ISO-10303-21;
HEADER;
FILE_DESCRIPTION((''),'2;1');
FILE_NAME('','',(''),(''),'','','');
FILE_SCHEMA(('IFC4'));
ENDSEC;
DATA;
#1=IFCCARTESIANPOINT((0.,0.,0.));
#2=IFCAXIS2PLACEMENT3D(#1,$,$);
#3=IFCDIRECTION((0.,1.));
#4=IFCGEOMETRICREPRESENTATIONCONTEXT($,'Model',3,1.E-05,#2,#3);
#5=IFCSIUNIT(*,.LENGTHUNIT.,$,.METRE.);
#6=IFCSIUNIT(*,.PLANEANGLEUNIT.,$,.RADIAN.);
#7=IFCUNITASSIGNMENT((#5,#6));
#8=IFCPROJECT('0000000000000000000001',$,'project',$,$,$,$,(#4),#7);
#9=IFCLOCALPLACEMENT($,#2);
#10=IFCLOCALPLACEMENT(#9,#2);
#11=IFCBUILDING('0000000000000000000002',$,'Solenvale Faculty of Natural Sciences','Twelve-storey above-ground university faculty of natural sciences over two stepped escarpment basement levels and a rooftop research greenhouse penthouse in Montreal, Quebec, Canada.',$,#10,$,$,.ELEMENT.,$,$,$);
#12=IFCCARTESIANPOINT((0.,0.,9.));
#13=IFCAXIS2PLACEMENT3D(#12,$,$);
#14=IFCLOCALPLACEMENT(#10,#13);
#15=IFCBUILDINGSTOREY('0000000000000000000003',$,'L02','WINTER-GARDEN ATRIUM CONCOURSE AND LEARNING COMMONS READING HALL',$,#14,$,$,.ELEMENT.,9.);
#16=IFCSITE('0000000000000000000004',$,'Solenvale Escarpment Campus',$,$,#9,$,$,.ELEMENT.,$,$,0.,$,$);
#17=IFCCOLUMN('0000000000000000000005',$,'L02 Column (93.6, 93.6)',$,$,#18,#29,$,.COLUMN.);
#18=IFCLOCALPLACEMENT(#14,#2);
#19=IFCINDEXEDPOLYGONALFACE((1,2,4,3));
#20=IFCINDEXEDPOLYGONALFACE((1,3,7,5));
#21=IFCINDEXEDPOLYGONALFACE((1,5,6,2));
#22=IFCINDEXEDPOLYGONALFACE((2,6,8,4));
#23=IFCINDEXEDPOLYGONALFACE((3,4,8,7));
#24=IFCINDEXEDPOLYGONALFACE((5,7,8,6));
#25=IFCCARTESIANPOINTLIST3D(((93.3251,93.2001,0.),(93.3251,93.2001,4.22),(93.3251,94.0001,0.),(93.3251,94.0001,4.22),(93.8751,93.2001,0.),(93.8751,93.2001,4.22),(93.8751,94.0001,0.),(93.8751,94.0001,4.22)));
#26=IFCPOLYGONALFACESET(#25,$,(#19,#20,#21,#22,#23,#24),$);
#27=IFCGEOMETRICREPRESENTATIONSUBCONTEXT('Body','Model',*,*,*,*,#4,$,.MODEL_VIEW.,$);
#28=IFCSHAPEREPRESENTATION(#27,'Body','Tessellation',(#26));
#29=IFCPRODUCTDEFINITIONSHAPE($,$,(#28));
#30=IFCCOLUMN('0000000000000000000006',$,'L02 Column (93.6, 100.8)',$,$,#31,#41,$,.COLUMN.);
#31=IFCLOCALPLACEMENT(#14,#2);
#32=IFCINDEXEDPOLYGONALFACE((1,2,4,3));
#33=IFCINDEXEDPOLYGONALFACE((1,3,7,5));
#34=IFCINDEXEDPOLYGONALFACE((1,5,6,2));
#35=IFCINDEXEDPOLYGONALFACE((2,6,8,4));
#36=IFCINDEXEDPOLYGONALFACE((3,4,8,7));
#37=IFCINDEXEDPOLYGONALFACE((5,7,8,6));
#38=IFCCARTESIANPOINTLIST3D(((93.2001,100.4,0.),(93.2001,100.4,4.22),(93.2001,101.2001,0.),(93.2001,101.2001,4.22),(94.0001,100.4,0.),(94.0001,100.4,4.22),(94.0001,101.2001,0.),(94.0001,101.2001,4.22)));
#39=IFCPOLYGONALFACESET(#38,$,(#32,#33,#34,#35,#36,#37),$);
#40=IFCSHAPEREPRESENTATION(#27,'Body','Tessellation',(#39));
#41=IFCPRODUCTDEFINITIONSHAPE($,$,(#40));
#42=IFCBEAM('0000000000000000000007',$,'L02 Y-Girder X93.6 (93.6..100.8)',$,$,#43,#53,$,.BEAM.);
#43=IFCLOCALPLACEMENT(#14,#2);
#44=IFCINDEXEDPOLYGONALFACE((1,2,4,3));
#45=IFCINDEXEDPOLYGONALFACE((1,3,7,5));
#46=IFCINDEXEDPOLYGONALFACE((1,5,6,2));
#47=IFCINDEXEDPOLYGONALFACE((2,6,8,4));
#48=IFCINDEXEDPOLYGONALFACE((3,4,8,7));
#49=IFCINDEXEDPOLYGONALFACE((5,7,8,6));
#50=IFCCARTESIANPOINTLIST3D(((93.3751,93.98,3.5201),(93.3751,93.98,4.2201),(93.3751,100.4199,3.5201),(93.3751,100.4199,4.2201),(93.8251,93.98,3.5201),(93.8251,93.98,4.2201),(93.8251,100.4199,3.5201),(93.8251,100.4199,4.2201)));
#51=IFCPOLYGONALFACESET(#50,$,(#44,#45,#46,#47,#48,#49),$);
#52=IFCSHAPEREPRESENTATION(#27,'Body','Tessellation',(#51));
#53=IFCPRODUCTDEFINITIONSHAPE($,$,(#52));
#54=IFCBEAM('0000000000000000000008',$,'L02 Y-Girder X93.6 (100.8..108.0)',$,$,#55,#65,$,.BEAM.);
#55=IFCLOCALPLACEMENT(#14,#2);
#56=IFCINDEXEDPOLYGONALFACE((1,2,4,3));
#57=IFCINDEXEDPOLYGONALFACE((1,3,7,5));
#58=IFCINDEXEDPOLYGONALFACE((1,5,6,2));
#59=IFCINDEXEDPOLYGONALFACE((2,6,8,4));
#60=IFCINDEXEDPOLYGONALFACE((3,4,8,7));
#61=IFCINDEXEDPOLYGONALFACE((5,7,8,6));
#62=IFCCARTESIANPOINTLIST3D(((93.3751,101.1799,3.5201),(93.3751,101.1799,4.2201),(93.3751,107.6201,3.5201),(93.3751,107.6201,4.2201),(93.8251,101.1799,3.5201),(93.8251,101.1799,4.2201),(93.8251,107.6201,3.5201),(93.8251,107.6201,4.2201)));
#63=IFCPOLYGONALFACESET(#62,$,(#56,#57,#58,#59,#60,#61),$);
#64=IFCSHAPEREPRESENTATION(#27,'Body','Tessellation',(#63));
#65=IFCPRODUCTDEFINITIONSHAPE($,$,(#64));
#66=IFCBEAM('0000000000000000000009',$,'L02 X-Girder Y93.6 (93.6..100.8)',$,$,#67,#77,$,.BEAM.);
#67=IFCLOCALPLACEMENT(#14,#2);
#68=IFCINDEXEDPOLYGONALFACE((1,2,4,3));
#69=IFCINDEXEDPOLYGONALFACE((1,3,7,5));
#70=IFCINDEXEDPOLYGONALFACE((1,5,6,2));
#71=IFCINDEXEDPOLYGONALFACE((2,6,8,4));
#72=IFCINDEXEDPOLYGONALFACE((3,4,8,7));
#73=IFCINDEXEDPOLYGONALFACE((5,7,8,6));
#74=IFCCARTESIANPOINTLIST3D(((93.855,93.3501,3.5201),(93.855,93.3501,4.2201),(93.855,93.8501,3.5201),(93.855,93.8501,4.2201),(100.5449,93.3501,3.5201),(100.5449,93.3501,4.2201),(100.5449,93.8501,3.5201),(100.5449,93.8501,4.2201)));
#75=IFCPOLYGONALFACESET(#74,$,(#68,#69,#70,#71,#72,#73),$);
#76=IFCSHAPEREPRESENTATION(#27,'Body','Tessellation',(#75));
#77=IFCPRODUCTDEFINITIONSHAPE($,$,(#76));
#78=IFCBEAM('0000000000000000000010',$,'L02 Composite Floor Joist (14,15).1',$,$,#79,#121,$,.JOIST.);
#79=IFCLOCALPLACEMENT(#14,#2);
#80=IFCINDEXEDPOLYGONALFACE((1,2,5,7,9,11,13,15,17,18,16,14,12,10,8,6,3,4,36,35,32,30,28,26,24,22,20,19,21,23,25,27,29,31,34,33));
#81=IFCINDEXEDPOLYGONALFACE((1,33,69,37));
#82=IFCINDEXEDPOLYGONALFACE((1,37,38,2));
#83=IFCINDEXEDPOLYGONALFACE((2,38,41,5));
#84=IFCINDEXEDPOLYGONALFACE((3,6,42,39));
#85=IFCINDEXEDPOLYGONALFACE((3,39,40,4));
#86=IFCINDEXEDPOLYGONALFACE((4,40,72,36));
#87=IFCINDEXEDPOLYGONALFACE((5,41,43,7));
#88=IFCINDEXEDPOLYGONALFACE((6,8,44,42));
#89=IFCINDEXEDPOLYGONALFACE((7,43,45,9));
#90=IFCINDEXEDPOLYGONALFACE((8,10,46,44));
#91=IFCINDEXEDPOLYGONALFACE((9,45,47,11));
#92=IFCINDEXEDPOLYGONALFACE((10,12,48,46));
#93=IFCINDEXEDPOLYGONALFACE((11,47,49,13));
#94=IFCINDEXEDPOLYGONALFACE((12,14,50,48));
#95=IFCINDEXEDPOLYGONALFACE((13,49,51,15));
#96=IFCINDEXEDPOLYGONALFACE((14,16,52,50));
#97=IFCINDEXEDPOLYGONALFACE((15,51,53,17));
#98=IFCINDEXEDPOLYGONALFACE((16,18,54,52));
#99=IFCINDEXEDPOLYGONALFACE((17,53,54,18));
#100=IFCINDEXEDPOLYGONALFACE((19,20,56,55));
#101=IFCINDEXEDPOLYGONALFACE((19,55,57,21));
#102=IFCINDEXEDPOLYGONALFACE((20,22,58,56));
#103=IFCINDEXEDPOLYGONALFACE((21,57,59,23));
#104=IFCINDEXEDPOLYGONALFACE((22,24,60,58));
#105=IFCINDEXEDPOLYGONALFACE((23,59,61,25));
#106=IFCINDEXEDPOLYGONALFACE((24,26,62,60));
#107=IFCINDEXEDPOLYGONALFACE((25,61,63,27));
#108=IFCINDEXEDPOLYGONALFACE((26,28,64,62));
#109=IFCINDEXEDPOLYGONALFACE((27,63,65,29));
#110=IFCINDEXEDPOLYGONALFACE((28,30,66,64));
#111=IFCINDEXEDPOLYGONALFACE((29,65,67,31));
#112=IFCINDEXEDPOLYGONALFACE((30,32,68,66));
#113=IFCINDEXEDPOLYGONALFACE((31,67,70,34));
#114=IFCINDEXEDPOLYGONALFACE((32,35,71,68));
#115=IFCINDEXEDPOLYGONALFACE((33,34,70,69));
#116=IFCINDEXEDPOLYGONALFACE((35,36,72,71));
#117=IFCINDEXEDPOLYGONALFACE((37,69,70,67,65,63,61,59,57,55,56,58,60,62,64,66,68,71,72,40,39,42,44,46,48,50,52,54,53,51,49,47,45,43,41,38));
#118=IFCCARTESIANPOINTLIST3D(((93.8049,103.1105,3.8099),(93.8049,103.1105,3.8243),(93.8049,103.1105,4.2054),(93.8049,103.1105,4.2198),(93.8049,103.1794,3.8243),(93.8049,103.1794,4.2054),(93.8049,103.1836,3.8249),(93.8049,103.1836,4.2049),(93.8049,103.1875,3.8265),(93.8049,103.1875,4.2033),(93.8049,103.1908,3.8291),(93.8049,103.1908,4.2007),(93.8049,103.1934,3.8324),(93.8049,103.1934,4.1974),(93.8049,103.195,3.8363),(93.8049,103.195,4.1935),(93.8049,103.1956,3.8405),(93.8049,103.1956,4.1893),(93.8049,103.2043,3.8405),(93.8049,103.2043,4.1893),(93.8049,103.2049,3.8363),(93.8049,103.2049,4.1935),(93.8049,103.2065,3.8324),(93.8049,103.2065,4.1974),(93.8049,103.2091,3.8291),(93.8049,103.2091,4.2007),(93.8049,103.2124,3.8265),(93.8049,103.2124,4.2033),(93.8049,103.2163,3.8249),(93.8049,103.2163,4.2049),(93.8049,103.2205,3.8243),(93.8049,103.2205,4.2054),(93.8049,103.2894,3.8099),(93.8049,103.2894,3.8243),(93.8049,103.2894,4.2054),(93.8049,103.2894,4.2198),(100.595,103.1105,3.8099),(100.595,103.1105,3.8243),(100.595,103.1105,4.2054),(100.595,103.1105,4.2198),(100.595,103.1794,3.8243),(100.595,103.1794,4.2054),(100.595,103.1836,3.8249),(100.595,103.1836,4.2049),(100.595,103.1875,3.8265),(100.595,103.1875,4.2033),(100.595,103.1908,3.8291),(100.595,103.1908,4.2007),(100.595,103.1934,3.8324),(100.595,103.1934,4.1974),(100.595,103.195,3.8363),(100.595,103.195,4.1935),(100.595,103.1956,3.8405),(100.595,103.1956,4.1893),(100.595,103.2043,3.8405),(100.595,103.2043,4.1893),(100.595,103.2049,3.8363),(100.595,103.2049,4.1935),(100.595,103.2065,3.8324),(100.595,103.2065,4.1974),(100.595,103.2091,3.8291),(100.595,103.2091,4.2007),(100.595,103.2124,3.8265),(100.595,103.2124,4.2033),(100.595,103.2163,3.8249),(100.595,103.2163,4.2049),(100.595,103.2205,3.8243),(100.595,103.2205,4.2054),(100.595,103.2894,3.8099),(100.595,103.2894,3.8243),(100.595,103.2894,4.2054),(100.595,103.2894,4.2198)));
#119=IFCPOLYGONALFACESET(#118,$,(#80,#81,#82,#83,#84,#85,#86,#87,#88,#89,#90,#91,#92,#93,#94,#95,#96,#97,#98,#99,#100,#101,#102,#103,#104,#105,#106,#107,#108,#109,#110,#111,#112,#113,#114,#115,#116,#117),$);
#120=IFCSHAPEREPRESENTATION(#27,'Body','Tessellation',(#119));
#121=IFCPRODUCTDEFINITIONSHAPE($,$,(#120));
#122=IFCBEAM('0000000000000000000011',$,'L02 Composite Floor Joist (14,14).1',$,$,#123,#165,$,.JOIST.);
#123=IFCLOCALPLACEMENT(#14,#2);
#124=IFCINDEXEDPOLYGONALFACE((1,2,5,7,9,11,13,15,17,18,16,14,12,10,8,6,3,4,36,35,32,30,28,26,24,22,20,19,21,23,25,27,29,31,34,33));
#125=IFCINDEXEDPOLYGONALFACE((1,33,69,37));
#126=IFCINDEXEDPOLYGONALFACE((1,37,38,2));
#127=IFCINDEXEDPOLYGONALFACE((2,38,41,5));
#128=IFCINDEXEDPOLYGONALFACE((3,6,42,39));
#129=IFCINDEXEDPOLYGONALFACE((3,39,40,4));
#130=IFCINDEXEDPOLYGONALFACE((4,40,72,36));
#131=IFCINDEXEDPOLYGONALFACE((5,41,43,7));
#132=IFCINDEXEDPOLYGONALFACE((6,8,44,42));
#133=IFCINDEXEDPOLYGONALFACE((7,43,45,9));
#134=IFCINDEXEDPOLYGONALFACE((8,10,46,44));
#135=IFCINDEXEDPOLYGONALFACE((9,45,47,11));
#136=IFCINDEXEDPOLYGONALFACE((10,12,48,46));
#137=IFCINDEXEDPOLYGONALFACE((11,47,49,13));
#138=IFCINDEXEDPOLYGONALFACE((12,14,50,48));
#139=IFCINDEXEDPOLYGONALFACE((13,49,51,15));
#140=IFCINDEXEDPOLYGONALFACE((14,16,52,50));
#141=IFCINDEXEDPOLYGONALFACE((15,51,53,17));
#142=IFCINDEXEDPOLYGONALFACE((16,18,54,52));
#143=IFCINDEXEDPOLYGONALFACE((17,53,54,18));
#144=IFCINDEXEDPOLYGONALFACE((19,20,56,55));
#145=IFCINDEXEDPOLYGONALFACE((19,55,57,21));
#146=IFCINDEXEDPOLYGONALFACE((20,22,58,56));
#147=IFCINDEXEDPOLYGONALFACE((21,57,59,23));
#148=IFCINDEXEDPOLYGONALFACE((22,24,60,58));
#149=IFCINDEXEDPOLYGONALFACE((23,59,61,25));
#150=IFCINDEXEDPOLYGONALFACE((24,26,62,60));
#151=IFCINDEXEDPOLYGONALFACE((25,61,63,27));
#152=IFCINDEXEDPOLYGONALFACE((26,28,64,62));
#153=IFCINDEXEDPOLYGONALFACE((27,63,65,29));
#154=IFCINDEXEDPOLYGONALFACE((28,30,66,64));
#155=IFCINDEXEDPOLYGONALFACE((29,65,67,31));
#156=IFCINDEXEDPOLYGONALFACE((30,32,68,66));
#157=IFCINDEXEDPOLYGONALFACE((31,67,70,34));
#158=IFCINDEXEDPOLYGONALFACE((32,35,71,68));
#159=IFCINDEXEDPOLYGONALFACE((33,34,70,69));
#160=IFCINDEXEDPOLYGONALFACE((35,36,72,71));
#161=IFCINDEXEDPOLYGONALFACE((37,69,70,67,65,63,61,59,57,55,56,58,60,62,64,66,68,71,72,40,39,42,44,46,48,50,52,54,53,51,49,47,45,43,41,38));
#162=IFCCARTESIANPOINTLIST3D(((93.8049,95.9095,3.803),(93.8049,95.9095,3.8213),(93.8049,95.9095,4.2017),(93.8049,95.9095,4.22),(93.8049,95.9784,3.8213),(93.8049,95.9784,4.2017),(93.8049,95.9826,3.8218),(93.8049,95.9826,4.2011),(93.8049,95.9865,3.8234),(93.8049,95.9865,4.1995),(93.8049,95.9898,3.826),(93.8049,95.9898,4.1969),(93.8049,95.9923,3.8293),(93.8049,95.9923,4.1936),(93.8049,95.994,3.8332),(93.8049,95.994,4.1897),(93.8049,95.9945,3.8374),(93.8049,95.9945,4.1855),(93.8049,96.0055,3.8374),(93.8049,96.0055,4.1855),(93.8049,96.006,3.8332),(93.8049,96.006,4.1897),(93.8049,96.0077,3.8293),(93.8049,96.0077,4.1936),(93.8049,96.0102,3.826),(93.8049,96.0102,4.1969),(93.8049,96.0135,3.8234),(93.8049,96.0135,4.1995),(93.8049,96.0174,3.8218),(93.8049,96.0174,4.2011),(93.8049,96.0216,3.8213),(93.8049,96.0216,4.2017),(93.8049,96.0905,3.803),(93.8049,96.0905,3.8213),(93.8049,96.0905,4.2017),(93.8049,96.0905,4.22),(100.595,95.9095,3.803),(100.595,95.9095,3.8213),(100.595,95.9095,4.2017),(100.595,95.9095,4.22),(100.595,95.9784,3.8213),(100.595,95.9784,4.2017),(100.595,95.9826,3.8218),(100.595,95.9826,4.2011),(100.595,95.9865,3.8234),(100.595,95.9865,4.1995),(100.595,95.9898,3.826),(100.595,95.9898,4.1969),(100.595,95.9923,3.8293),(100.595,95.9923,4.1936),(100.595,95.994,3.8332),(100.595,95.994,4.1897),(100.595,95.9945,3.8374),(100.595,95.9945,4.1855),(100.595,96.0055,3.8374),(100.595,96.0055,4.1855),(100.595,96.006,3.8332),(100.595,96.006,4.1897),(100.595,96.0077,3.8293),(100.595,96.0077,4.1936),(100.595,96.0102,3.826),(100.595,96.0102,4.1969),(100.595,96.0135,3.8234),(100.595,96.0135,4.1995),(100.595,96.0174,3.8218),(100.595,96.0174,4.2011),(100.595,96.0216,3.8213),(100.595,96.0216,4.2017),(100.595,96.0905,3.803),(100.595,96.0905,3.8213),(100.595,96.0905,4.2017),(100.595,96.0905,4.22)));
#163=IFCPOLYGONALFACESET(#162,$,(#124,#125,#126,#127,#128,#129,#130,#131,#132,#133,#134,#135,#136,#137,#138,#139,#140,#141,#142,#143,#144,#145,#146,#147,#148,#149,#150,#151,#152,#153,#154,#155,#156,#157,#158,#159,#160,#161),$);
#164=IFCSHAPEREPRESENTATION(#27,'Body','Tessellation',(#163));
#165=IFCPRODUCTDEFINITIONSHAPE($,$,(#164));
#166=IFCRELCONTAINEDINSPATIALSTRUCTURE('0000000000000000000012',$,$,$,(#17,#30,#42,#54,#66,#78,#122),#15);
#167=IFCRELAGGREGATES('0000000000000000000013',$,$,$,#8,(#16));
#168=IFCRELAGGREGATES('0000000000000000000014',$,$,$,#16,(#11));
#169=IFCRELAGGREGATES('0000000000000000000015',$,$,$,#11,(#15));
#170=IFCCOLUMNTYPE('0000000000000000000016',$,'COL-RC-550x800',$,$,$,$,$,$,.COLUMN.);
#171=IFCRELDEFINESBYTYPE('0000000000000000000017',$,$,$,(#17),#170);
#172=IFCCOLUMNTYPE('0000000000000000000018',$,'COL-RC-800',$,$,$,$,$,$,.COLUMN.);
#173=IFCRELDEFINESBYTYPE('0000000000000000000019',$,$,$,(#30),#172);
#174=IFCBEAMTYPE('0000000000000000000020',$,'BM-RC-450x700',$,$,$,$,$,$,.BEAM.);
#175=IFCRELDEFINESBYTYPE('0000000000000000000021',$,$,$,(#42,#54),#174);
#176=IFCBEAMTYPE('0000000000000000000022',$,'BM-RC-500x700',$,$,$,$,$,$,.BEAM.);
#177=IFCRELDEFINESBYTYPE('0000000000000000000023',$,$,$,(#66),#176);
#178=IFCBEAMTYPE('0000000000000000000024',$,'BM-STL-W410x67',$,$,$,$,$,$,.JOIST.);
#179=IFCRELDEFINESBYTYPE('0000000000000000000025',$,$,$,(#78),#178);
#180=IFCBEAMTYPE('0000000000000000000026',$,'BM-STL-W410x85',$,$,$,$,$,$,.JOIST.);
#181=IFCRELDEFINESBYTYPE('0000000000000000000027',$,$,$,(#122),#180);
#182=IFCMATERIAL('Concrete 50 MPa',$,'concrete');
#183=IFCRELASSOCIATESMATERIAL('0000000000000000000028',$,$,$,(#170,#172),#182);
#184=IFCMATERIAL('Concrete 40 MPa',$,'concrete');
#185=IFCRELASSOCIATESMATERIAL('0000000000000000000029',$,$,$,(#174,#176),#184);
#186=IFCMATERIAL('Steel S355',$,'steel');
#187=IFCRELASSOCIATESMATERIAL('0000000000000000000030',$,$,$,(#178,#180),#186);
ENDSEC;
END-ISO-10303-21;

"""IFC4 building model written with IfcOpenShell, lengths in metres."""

from ifc_helpers import new_model, si_unit, direction, frame, origin, origin_2d, place, context, subcontext, project, spatial, rectangle, i_section, extrude, material, material_profile, profile_set, type_object, element, save


model = new_model("IFC4")

# Units and contexts
model_context = context("Model", 3, precision=1e-05, world=origin(), true_north=direction((0.0, 1.0)))
body_context = subcontext(model_context, "Body", "Model", "MODEL_VIEW")
ifc_project = project(units=[si_unit("LENGTHUNIT", "METRE"), si_unit("PLANEANGLEUNIT", "RADIAN")], contexts=[model_context])

# Site, building, storey
site_placement = place(None, origin())
site = spatial("IfcSite", under=ifc_project, at=site_placement, Name="Solenvale Escarpment Campus", CompositionType="ELEMENT", RefElevation=0.0)
building_placement = place(site_placement, origin())
building = spatial("IfcBuilding", under=site, at=building_placement, Name="Solenvale Faculty of Natural Sciences", Description="Twelve-storey above-ground university faculty of natural sciences over two stepped escarpment basement levels and a rooftop research greenhouse penthouse in Montreal, Quebec, Canada.", CompositionType="ELEMENT")
storey_placement = place(building_placement, frame((0.0, 0.0, 9.0)))
storey = spatial("IfcBuildingStorey", under=building, at=storey_placement, Name="L02", Description="WINTER-GARDEN ATRIUM CONCOURSE AND LEARNING COMMONS READING HALL", CompositionType="ELEMENT", Elevation=9.0)

# Columns
ifc_material_1 = material(Name="Concrete 50 MPa", Category="concrete")
ifc_material_profile_1 = material_profile(ifc_material_1, rectangle(XDim=0.55, YDim=0.8, at=origin_2d()), Name="RC-COL-550x800")
ifc_profile_set_1 = profile_set([ifc_material_profile_1], Name="Concrete 50 MPa")
column_type_1 = type_object("IfcColumnType", Name="COL-RC-550x800", PredefinedType="COLUMN", material=ifc_profile_set_1)
column_1_placement = place(storey_placement, frame((93.6001, 93.6001, 0.0), z_axis=(0.0, 0.0, 1.0), x_axis=(1.0, 0.0, 0.0)))
element("IfcColumn", 1, at=column_1_placement, inside=storey, type_object=column_type_1, Name="L02 Column (93.6, 93.6)", PredefinedType="COLUMN", context=body_context, shape_type="SweptSolid", body=[
    extrude(rectangle(XDim=0.55, YDim=0.8, at=origin_2d()), origin(), (0.0, 0.0, 1.0), 4.22),
])
ifc_material_profile_2 = material_profile(ifc_material_1, rectangle(XDim=0.8, YDim=0.8, at=origin_2d()), Name="RC-COL-800x800")
ifc_profile_set_2 = profile_set([ifc_material_profile_2], Name="Concrete 50 MPa")
column_type_2 = type_object("IfcColumnType", Name="COL-RC-800", PredefinedType="COLUMN", material=ifc_profile_set_2)
column_2_placement = place(storey_placement, frame((93.6001, 100.8, 0.0), z_axis=(0.0, 0.0, 1.0), x_axis=(1.0, 0.0, 0.0)))
element("IfcColumn", 2, at=column_2_placement, inside=storey, type_object=column_type_2, Name="L02 Column (93.6, 100.8)", PredefinedType="COLUMN", context=body_context, shape_type="SweptSolid", body=[
    extrude(rectangle(XDim=0.8, YDim=0.8, at=origin_2d()), origin(), (0.0, 0.0, 1.0), 4.22),
])

# Beams
ifc_material_2 = material(Name="Concrete 40 MPa", Category="concrete")
ifc_material_profile_3 = material_profile(ifc_material_2, rectangle(XDim=0.45, YDim=0.7, at=origin_2d()), Name="RC-BM-450x700")
ifc_profile_set_3 = profile_set([ifc_material_profile_3], Name="Concrete 40 MPa")
beam_type_1 = type_object("IfcBeamType", Name="BM-RC-450x700", PredefinedType="BEAM", material=ifc_profile_set_3)
beam_1_placement = place(storey_placement, frame((93.6001, 93.98, 3.8701), z_axis=(0.0, 1.0, 0.0), x_axis=(-1.0, 0.0, 0.0)))
element("IfcBeam", 3, at=beam_1_placement, inside=storey, type_object=beam_type_1, Name="L02 Y-Girder X93.6 (93.6..100.8)", PredefinedType="BEAM", context=body_context, shape_type="SweptSolid", body=[
    extrude(rectangle(XDim=0.45, YDim=0.7, at=origin_2d()), origin(), (0.0, 0.0, 1.0), 6.4399),
])
beam_2_placement = place(storey_placement, frame((93.6001, 101.1799, 3.8701), z_axis=(0.0, 1.0, 0.0), x_axis=(-1.0, 0.0, 0.0)))
element("IfcBeam", 4, at=beam_2_placement, inside=storey, type_object=beam_type_1, Name="L02 Y-Girder X93.6 (100.8..108.0)", PredefinedType="BEAM", context=body_context, shape_type="SweptSolid", body=[
    extrude(rectangle(XDim=0.45, YDim=0.7, at=origin_2d()), origin(), (0.0, 0.0, 1.0), 6.4402),
])
ifc_material_profile_4 = material_profile(ifc_material_2, rectangle(XDim=0.5, YDim=0.7, at=origin_2d()), Name="RC-BM-500x700")
ifc_profile_set_4 = profile_set([ifc_material_profile_4], Name="Concrete 40 MPa")
beam_type_2 = type_object("IfcBeamType", Name="BM-RC-500x700", PredefinedType="BEAM", material=ifc_profile_set_4)
beam_3_placement = place(storey_placement, frame((93.855, 93.6001, 3.8701), z_axis=(1.0, 0.0, 0.0), x_axis=(0.0, 1.0, 0.0)))
element("IfcBeam", 5, at=beam_3_placement, inside=storey, type_object=beam_type_2, Name="L02 X-Girder Y93.6 (93.6..100.8)", PredefinedType="BEAM", context=body_context, shape_type="SweptSolid", body=[
    extrude(rectangle(XDim=0.5, YDim=0.7, at=origin_2d()), origin(), (0.0, 0.0, 1.0), 6.6899),
])
ifc_material_3 = material(Name="Steel S355", Category="steel")
ifc_material_profile_5 = material_profile(ifc_material_3, i_section(OverallWidth=0.179, OverallDepth=0.4099, WebThickness=0.0088, FlangeThickness=0.0144, FilletRadius=0.0161, at=origin_2d()), Name="W410x67")
ifc_profile_set_5 = profile_set([ifc_material_profile_5], Name="Steel S355")
beam_type_3 = type_object("IfcBeamType", Name="BM-STL-W410x67", PredefinedType="JOIST", material=ifc_profile_set_5)
beam_4_placement = place(storey_placement, frame((93.8049, 103.2, 4.0149), z_axis=(1.0, 0.0, 0.0), x_axis=(0.0, 1.0, 0.0)))
element("IfcBeam", 6, at=beam_4_placement, inside=storey, type_object=beam_type_3, Name="L02 Composite Floor Joist (14,15).1", PredefinedType="JOIST", context=body_context, shape_type="SweptSolid", body=[
    extrude(i_section(OverallWidth=0.179, OverallDepth=0.4099, WebThickness=0.0088, FlangeThickness=0.0144, FilletRadius=0.0161, at=origin_2d()), origin(), (0.0, 0.0, 1.0), 6.79),
])
ifc_material_profile_6 = material_profile(ifc_material_3, i_section(OverallWidth=0.1809, OverallDepth=0.417, WebThickness=0.011, FlangeThickness=0.0183, FilletRadius=0.0161, at=origin_2d()), Name="W410x85")
ifc_profile_set_6 = profile_set([ifc_material_profile_6], Name="Steel S355")
beam_type_4 = type_object("IfcBeamType", Name="BM-STL-W410x85", PredefinedType="JOIST", material=ifc_profile_set_6)
for number, where, z_axis, x_axis, name in (
    (7, (93.8049, 96.0, 4.0115), (1.0, 0.0, 0.0), (0.0, 1.0, 0.0), "L02 Composite Floor Joist (14,14).1"),
):
    element("IfcBeam", number, at=place(storey_placement, frame(where, z_axis=z_axis, x_axis=x_axis)), inside=storey, type_object=beam_type_4, Name=name, PredefinedType="JOIST", context=body_context, shape_type="SweptSolid", body=[
        extrude(i_section(OverallWidth=0.1809, OverallDepth=0.417, WebThickness=0.011, FlangeThickness=0.0183, FilletRadius=0.0161, at=origin_2d()), origin(), (0.0, 0.0, 1.0), 6.79),
    ])

save(model, "model.ifc")
